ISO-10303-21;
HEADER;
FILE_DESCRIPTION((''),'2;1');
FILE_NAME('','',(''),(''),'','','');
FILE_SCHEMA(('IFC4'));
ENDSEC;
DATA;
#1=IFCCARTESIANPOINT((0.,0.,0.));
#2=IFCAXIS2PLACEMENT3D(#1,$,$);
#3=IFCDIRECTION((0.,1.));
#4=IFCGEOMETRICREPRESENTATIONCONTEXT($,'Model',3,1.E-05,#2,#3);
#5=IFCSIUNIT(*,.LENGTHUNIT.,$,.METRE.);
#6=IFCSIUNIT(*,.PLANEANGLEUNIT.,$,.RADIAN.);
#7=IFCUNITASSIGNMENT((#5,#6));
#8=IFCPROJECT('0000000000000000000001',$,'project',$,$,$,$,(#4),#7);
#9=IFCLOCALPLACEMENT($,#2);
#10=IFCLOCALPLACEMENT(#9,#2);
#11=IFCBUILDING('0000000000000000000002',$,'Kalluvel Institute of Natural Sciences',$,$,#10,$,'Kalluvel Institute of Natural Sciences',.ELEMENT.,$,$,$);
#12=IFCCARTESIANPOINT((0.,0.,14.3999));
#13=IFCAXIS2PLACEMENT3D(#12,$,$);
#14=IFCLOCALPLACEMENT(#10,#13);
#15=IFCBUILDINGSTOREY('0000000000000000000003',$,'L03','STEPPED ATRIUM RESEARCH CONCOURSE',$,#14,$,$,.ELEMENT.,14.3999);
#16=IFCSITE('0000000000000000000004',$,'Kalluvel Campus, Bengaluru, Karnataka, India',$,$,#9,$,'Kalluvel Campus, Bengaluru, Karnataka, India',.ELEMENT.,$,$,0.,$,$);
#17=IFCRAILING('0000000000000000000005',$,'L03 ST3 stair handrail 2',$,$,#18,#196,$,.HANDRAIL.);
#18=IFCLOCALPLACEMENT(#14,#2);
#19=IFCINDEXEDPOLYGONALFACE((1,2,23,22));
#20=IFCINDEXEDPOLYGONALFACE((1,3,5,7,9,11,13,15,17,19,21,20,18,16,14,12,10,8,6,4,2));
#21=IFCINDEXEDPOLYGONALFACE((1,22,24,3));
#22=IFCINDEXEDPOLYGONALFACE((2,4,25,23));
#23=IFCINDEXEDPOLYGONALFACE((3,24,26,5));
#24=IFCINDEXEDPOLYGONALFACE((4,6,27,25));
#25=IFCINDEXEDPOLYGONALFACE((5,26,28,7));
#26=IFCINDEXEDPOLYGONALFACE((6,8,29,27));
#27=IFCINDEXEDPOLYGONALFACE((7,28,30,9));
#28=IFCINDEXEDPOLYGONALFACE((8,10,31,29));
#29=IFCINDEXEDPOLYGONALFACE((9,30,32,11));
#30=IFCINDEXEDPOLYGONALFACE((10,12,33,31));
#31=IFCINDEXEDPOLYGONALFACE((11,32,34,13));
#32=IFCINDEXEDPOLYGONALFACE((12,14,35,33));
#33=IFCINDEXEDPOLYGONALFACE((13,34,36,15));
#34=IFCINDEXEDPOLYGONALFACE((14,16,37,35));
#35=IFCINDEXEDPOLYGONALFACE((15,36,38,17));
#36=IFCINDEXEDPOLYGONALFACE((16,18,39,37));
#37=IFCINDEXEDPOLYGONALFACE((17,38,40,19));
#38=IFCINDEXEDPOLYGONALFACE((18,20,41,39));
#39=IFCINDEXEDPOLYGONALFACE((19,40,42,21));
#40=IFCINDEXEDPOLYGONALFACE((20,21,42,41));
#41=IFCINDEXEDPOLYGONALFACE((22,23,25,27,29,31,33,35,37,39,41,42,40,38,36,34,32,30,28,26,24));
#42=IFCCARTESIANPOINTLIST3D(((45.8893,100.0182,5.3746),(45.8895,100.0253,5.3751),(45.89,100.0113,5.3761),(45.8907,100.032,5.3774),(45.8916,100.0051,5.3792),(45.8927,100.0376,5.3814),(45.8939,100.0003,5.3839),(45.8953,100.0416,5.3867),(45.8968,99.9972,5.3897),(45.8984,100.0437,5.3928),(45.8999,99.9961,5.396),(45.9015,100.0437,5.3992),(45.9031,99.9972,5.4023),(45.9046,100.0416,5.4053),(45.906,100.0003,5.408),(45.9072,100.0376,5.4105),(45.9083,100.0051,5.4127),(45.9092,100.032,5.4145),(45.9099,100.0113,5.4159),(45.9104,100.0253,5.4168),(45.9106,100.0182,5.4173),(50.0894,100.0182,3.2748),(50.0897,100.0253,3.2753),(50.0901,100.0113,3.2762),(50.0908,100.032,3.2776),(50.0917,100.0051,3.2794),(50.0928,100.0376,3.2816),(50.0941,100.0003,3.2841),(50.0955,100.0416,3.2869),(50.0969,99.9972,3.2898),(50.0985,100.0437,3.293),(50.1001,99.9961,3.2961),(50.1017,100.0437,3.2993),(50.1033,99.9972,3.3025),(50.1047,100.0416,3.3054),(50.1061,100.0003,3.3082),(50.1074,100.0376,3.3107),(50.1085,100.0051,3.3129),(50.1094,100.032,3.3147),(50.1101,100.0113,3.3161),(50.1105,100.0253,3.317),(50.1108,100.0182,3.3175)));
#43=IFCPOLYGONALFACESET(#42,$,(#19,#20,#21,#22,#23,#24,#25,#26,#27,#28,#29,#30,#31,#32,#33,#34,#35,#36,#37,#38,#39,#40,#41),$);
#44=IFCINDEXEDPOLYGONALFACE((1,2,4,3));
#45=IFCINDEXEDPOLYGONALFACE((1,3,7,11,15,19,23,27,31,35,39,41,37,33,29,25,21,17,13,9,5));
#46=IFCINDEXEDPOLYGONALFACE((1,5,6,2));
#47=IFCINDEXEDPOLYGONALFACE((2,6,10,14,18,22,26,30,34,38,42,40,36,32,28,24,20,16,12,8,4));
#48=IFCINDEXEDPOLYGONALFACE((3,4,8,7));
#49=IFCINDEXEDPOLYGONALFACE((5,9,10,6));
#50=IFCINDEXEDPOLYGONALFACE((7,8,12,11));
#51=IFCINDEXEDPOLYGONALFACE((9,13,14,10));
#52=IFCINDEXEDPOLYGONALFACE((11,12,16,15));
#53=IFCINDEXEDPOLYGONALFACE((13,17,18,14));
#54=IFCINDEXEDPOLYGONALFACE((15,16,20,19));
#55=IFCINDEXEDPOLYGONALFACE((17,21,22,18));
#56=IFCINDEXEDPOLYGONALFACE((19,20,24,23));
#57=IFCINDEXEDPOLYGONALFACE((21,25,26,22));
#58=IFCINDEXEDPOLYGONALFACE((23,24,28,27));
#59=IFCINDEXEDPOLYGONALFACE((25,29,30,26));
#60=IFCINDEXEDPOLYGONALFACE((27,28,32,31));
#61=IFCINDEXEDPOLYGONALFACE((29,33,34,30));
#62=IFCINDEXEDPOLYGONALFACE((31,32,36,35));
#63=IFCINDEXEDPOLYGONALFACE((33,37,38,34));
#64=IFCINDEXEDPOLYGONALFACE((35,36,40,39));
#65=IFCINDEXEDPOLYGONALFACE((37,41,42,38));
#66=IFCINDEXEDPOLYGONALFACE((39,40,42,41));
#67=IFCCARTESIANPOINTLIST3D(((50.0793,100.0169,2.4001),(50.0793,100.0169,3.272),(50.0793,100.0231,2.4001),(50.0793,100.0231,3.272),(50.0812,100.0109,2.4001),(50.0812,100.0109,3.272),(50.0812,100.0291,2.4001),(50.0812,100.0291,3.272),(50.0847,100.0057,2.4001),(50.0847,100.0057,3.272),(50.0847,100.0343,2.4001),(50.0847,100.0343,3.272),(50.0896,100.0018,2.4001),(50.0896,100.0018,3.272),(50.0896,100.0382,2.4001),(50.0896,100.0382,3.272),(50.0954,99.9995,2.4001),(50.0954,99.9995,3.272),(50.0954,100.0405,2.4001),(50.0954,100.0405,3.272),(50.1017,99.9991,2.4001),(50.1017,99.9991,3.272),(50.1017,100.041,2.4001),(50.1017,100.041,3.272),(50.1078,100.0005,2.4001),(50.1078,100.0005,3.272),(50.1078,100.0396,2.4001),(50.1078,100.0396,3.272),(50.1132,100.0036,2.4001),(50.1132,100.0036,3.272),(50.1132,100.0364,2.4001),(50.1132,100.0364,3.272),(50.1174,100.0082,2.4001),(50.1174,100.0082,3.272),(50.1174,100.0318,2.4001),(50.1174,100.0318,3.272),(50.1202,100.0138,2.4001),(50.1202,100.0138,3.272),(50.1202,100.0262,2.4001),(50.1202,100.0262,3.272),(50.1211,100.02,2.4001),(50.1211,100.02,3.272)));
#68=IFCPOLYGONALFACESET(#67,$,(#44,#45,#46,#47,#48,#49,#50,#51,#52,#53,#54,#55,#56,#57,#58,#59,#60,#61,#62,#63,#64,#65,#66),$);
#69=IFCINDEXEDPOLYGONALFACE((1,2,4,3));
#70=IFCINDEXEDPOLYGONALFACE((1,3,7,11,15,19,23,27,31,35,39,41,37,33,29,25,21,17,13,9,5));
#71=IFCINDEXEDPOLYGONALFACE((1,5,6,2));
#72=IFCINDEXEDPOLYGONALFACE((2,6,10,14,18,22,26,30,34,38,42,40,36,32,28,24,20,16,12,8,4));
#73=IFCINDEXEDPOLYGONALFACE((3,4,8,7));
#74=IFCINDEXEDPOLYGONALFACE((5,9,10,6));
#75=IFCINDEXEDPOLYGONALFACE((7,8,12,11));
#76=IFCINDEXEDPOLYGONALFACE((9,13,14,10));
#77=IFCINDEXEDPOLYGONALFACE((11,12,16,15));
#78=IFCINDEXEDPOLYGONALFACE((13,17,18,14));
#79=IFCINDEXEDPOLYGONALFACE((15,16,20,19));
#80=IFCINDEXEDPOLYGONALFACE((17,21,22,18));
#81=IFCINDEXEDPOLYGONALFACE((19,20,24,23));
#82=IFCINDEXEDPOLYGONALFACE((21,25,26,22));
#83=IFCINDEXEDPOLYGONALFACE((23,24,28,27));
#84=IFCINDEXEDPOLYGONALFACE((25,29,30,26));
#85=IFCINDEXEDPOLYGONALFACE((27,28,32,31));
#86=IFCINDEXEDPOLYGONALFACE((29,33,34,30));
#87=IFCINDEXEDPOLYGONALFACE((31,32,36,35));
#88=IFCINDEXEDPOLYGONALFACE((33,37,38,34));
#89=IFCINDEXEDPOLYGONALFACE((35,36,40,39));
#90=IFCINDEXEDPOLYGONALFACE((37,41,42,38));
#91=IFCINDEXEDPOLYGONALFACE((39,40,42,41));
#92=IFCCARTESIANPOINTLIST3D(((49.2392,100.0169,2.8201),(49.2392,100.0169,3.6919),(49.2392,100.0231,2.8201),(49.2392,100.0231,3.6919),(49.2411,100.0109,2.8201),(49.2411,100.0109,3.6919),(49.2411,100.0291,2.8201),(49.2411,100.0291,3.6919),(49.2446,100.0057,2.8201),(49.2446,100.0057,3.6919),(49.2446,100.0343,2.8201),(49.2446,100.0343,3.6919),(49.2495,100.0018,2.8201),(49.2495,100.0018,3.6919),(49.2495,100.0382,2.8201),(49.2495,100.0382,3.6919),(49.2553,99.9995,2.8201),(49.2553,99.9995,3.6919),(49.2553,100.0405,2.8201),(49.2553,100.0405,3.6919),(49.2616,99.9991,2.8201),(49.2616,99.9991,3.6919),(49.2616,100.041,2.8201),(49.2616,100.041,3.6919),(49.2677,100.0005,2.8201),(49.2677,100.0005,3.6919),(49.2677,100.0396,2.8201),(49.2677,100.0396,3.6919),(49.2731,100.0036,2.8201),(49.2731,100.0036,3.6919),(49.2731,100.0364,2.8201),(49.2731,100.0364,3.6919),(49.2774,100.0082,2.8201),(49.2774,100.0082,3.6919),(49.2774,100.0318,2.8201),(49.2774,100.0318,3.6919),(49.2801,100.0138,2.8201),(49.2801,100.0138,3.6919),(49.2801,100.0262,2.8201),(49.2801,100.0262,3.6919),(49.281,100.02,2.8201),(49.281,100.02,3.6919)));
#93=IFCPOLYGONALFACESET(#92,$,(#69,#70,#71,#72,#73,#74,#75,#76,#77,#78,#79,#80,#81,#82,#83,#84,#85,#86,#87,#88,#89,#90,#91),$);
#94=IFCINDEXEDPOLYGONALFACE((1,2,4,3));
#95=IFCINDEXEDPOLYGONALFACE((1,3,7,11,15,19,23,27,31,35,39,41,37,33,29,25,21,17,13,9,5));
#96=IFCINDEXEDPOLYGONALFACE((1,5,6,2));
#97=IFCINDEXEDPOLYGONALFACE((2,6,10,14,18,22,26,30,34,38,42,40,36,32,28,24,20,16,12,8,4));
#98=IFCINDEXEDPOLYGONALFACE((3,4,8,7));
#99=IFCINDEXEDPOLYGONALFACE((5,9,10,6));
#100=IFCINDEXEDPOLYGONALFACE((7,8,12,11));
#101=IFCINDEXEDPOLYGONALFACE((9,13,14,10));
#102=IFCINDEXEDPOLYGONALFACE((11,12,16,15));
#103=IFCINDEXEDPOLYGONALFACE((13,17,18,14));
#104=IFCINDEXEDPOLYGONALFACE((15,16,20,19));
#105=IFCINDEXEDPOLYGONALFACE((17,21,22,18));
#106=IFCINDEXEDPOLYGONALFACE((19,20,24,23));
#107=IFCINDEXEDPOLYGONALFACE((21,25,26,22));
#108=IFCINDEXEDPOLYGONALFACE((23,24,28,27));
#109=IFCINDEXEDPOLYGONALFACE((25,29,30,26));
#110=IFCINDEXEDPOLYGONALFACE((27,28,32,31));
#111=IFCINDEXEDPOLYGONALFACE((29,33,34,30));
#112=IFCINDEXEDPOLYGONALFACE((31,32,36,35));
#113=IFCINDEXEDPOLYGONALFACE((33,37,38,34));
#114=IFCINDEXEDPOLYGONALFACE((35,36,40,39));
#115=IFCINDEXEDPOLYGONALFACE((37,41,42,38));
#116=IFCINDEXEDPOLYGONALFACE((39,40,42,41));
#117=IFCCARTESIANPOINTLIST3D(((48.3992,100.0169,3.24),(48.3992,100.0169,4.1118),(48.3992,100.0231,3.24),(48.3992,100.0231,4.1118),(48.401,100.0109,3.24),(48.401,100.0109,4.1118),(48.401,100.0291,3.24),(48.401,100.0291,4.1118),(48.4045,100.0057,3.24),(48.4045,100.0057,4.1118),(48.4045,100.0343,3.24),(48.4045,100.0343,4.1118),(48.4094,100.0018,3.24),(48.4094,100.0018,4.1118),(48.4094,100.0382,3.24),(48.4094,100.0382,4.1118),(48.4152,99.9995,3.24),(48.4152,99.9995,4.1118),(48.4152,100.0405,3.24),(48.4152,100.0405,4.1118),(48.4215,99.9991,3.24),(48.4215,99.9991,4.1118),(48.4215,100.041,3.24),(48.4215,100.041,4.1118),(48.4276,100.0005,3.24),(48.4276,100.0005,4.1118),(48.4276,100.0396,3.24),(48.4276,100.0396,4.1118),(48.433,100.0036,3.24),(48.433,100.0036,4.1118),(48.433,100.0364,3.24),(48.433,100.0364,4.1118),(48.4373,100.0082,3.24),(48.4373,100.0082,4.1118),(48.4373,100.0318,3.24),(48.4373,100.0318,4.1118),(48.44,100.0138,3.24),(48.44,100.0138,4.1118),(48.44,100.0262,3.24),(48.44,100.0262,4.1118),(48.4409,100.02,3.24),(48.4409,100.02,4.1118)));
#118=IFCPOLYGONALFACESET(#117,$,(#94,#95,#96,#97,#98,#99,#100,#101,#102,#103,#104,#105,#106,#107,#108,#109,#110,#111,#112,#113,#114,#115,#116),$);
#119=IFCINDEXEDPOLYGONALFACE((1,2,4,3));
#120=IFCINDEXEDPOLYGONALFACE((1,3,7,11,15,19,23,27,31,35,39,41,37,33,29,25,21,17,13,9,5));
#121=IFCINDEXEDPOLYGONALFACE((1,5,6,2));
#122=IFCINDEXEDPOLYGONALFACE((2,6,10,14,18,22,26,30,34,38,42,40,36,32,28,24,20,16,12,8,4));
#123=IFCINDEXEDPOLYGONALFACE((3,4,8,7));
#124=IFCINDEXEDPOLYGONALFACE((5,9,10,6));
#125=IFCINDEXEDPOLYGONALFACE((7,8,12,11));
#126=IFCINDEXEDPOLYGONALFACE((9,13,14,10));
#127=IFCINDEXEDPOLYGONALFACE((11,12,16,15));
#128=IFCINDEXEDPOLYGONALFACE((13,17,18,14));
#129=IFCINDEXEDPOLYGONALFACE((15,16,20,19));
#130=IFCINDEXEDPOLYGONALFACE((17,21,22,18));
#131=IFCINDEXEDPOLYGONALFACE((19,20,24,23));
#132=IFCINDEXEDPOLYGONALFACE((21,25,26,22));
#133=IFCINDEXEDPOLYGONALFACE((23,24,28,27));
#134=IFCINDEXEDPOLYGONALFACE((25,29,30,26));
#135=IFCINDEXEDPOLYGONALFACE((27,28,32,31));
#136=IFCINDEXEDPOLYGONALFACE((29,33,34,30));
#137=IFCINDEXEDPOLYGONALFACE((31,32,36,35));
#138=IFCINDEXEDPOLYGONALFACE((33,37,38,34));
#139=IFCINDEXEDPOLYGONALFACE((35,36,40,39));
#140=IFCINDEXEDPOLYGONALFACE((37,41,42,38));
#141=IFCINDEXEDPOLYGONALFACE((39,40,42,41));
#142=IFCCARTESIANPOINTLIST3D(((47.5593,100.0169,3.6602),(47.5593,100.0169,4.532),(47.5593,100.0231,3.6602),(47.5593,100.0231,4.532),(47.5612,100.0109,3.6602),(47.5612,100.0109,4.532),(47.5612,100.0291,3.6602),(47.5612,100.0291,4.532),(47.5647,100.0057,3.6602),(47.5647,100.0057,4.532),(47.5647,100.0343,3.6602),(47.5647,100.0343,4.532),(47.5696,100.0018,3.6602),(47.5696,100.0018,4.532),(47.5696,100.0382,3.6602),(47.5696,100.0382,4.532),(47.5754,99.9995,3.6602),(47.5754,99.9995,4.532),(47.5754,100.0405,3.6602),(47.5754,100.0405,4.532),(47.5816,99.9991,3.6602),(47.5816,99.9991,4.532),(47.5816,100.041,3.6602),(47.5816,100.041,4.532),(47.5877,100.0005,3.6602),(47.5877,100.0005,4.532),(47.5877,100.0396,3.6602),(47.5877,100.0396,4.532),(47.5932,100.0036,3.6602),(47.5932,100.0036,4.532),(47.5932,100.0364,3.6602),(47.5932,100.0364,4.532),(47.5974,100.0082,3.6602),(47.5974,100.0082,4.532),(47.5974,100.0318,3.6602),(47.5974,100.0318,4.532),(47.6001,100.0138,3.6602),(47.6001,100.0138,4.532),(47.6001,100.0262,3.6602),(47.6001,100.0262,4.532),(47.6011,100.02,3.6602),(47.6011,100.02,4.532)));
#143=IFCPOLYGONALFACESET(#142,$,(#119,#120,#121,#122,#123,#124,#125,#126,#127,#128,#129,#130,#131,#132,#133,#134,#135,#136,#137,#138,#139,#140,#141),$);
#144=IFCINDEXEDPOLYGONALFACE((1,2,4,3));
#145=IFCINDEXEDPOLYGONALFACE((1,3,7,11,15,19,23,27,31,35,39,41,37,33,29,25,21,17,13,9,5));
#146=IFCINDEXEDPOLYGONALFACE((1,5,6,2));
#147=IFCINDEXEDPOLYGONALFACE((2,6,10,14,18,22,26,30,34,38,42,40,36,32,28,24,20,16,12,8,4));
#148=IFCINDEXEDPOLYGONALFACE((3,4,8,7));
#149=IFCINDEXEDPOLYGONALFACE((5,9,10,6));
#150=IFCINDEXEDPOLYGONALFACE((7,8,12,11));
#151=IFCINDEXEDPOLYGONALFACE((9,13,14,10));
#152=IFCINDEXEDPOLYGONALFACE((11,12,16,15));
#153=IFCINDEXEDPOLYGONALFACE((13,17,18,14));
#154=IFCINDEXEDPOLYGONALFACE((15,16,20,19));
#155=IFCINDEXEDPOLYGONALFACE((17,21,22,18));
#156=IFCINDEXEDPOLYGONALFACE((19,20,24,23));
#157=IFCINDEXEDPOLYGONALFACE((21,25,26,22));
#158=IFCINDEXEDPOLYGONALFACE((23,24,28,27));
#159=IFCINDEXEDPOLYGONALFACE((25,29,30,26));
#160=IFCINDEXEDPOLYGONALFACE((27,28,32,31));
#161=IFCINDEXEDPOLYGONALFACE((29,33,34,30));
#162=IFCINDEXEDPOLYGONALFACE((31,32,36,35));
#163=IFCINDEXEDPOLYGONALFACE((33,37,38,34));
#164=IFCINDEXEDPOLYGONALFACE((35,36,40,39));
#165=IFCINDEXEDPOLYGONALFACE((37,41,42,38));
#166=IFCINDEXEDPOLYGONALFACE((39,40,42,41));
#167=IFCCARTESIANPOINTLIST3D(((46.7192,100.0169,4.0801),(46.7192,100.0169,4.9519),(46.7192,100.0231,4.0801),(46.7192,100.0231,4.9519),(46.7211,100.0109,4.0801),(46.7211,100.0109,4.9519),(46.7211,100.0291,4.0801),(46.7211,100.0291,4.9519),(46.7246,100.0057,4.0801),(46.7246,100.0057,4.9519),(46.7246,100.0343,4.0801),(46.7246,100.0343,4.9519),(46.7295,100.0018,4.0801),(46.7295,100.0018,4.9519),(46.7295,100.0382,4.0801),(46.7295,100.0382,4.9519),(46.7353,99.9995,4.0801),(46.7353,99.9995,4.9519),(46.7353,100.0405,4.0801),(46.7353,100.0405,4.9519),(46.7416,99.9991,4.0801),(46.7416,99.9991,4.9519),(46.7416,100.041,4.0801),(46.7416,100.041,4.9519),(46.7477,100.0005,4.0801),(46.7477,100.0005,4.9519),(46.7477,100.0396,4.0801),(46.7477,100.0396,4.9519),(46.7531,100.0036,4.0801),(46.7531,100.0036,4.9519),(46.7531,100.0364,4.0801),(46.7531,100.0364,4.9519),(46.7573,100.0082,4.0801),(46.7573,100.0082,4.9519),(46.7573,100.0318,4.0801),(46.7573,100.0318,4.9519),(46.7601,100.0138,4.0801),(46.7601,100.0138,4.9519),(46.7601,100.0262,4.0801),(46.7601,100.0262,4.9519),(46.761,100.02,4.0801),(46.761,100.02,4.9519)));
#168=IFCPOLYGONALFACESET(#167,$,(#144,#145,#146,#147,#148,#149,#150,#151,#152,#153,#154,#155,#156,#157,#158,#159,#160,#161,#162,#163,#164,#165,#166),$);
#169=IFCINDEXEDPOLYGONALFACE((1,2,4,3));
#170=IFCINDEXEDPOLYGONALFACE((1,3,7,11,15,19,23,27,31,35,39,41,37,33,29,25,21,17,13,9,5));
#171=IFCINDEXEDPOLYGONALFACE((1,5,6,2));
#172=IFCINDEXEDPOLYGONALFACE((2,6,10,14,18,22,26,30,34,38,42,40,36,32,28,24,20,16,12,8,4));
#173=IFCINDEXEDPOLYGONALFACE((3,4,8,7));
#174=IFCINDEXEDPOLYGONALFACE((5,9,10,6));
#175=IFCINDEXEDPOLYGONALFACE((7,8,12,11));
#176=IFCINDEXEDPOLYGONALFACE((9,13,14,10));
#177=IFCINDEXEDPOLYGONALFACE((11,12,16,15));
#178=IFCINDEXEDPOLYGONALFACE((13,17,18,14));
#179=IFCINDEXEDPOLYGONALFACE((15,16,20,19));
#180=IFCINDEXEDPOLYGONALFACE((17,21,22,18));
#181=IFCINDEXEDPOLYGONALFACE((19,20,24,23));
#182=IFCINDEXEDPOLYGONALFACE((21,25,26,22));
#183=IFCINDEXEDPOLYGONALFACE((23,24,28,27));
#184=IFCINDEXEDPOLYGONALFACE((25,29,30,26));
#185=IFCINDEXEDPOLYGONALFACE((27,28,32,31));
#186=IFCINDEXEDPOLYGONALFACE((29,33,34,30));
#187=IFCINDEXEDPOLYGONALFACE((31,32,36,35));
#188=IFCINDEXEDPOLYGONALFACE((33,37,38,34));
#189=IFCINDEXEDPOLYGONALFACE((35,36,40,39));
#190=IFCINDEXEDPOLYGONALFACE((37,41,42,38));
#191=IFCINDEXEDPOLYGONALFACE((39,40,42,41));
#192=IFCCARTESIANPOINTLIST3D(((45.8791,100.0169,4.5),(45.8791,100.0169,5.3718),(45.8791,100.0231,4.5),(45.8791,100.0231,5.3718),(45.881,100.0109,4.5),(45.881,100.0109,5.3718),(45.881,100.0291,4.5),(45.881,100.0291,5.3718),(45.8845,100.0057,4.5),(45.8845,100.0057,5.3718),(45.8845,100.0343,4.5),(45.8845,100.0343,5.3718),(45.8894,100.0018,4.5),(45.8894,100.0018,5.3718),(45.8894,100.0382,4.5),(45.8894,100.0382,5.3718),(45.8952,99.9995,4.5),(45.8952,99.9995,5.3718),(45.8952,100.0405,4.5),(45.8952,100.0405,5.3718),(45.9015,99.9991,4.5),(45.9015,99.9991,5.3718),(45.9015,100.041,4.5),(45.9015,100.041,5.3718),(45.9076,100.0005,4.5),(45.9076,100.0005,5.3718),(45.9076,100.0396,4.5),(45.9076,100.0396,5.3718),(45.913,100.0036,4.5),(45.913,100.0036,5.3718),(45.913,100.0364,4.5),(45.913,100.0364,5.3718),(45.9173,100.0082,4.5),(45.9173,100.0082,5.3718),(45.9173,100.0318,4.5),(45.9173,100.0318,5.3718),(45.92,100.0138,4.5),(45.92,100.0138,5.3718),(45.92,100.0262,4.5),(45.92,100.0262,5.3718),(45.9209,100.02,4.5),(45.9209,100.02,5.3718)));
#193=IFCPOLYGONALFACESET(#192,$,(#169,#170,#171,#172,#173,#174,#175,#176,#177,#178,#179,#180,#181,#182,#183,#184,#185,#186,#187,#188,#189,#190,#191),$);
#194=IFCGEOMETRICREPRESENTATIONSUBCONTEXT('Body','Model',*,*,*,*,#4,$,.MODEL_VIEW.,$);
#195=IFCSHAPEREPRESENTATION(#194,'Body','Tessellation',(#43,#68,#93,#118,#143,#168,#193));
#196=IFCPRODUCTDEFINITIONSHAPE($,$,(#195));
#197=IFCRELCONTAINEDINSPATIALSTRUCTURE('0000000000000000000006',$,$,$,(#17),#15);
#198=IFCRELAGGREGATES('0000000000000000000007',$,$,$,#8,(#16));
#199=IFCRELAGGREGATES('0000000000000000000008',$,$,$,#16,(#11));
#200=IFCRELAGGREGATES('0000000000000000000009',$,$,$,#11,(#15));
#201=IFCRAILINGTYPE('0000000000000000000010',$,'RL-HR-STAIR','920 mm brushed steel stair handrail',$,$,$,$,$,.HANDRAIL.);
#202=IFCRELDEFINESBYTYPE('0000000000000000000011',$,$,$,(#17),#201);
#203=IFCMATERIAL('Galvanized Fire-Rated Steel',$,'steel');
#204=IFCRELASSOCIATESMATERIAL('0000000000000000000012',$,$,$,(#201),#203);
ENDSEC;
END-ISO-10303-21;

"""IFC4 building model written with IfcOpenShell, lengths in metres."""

from ifc_helpers import new_model, si_unit, direction, frame, origin, origin_2d, place, context, subcontext, project, spatial, circle, extrude, material, type_object, element, save


model = new_model("IFC4")

# Units and contexts
model_context = context("Model", 3, precision=1e-05, world=origin(), true_north=direction((0.0, 1.0)))
body_context = subcontext(model_context, "Body", "Model", "MODEL_VIEW")
ifc_project = project(units=[si_unit("LENGTHUNIT", "METRE"), si_unit("PLANEANGLEUNIT", "RADIAN")], contexts=[model_context])

# Site, building, storey
site_placement = place(None, origin())
site = spatial("IfcSite", under=ifc_project, at=site_placement, Name="Kalluvel Campus, Bengaluru, Karnataka, India", LongName="Kalluvel Campus, Bengaluru, Karnataka, India", CompositionType="ELEMENT", RefElevation=0.0)
building_placement = place(site_placement, origin())
building = spatial("IfcBuilding", under=site, at=building_placement, Name="Kalluvel Institute of Natural Sciences", LongName="Kalluvel Institute of Natural Sciences", CompositionType="ELEMENT")
storey_placement = place(building_placement, frame((0.0, 0.0, 14.3999)))
storey = spatial("IfcBuildingStorey", under=building, at=storey_placement, Name="L03", Description="STEPPED ATRIUM RESEARCH CONCOURSE", CompositionType="ELEMENT", Elevation=14.3999)

# Shared definitions
ifc_material_1 = material(Name="Galvanized Fire-Rated Steel", Category="steel")

# Railing
railing_type_1 = type_object("IfcRailingType", Name="RL-HR-STAIR", Description="920 mm brushed steel stair handrail", PredefinedType="HANDRAIL", material=ifc_material_1)
railing_1_placement = place(storey_placement, frame((50.1001, 100.02, 2.4001)))
element("IfcRailing", 1, at=railing_1_placement, inside=storey, type_object=railing_type_1, Name="L03 ST3 stair handrail 2", PredefinedType="HANDRAIL", context=body_context, shape_type="SweptSolid", body=[
    extrude(circle(Radius=0.0239, at=origin_2d()), frame((0.0, 0.0, 0.896), z_axis=(-0.894448, 0.0, 0.447172), x_axis=(0.0, -1.0, 0.0)), (0.0, 0.0, 1.0), 4.6958),
    extrude(circle(Radius=0.021, at=origin_2d()), origin(), (0.0, 0.0, 1.0), 0.8718),
    extrude(circle(Radius=0.021, at=origin_2d()), frame((-0.8401, 0.0, 0.4199)), (0.0, 0.0, 1.0), 0.8718),
    extrude(circle(Radius=0.021, at=origin_2d()), frame((-1.6802, 0.0, 0.8398)), (0.0, 0.0, 1.0), 0.8718),
    extrude(circle(Radius=0.021, at=origin_2d()), frame((-2.52, 0.0, 1.26)), (0.0, 0.0, 1.0), 0.8718),
    extrude(circle(Radius=0.021, at=origin_2d()), frame((-3.3601, 0.0, 1.6799)), (0.0, 0.0, 1.0), 0.8718),
    extrude(circle(Radius=0.021, at=origin_2d()), frame((-4.2002, 0.0, 2.0999)), (0.0, 0.0, 1.0), 0.8718),
])

save(model, "model.ifc")
